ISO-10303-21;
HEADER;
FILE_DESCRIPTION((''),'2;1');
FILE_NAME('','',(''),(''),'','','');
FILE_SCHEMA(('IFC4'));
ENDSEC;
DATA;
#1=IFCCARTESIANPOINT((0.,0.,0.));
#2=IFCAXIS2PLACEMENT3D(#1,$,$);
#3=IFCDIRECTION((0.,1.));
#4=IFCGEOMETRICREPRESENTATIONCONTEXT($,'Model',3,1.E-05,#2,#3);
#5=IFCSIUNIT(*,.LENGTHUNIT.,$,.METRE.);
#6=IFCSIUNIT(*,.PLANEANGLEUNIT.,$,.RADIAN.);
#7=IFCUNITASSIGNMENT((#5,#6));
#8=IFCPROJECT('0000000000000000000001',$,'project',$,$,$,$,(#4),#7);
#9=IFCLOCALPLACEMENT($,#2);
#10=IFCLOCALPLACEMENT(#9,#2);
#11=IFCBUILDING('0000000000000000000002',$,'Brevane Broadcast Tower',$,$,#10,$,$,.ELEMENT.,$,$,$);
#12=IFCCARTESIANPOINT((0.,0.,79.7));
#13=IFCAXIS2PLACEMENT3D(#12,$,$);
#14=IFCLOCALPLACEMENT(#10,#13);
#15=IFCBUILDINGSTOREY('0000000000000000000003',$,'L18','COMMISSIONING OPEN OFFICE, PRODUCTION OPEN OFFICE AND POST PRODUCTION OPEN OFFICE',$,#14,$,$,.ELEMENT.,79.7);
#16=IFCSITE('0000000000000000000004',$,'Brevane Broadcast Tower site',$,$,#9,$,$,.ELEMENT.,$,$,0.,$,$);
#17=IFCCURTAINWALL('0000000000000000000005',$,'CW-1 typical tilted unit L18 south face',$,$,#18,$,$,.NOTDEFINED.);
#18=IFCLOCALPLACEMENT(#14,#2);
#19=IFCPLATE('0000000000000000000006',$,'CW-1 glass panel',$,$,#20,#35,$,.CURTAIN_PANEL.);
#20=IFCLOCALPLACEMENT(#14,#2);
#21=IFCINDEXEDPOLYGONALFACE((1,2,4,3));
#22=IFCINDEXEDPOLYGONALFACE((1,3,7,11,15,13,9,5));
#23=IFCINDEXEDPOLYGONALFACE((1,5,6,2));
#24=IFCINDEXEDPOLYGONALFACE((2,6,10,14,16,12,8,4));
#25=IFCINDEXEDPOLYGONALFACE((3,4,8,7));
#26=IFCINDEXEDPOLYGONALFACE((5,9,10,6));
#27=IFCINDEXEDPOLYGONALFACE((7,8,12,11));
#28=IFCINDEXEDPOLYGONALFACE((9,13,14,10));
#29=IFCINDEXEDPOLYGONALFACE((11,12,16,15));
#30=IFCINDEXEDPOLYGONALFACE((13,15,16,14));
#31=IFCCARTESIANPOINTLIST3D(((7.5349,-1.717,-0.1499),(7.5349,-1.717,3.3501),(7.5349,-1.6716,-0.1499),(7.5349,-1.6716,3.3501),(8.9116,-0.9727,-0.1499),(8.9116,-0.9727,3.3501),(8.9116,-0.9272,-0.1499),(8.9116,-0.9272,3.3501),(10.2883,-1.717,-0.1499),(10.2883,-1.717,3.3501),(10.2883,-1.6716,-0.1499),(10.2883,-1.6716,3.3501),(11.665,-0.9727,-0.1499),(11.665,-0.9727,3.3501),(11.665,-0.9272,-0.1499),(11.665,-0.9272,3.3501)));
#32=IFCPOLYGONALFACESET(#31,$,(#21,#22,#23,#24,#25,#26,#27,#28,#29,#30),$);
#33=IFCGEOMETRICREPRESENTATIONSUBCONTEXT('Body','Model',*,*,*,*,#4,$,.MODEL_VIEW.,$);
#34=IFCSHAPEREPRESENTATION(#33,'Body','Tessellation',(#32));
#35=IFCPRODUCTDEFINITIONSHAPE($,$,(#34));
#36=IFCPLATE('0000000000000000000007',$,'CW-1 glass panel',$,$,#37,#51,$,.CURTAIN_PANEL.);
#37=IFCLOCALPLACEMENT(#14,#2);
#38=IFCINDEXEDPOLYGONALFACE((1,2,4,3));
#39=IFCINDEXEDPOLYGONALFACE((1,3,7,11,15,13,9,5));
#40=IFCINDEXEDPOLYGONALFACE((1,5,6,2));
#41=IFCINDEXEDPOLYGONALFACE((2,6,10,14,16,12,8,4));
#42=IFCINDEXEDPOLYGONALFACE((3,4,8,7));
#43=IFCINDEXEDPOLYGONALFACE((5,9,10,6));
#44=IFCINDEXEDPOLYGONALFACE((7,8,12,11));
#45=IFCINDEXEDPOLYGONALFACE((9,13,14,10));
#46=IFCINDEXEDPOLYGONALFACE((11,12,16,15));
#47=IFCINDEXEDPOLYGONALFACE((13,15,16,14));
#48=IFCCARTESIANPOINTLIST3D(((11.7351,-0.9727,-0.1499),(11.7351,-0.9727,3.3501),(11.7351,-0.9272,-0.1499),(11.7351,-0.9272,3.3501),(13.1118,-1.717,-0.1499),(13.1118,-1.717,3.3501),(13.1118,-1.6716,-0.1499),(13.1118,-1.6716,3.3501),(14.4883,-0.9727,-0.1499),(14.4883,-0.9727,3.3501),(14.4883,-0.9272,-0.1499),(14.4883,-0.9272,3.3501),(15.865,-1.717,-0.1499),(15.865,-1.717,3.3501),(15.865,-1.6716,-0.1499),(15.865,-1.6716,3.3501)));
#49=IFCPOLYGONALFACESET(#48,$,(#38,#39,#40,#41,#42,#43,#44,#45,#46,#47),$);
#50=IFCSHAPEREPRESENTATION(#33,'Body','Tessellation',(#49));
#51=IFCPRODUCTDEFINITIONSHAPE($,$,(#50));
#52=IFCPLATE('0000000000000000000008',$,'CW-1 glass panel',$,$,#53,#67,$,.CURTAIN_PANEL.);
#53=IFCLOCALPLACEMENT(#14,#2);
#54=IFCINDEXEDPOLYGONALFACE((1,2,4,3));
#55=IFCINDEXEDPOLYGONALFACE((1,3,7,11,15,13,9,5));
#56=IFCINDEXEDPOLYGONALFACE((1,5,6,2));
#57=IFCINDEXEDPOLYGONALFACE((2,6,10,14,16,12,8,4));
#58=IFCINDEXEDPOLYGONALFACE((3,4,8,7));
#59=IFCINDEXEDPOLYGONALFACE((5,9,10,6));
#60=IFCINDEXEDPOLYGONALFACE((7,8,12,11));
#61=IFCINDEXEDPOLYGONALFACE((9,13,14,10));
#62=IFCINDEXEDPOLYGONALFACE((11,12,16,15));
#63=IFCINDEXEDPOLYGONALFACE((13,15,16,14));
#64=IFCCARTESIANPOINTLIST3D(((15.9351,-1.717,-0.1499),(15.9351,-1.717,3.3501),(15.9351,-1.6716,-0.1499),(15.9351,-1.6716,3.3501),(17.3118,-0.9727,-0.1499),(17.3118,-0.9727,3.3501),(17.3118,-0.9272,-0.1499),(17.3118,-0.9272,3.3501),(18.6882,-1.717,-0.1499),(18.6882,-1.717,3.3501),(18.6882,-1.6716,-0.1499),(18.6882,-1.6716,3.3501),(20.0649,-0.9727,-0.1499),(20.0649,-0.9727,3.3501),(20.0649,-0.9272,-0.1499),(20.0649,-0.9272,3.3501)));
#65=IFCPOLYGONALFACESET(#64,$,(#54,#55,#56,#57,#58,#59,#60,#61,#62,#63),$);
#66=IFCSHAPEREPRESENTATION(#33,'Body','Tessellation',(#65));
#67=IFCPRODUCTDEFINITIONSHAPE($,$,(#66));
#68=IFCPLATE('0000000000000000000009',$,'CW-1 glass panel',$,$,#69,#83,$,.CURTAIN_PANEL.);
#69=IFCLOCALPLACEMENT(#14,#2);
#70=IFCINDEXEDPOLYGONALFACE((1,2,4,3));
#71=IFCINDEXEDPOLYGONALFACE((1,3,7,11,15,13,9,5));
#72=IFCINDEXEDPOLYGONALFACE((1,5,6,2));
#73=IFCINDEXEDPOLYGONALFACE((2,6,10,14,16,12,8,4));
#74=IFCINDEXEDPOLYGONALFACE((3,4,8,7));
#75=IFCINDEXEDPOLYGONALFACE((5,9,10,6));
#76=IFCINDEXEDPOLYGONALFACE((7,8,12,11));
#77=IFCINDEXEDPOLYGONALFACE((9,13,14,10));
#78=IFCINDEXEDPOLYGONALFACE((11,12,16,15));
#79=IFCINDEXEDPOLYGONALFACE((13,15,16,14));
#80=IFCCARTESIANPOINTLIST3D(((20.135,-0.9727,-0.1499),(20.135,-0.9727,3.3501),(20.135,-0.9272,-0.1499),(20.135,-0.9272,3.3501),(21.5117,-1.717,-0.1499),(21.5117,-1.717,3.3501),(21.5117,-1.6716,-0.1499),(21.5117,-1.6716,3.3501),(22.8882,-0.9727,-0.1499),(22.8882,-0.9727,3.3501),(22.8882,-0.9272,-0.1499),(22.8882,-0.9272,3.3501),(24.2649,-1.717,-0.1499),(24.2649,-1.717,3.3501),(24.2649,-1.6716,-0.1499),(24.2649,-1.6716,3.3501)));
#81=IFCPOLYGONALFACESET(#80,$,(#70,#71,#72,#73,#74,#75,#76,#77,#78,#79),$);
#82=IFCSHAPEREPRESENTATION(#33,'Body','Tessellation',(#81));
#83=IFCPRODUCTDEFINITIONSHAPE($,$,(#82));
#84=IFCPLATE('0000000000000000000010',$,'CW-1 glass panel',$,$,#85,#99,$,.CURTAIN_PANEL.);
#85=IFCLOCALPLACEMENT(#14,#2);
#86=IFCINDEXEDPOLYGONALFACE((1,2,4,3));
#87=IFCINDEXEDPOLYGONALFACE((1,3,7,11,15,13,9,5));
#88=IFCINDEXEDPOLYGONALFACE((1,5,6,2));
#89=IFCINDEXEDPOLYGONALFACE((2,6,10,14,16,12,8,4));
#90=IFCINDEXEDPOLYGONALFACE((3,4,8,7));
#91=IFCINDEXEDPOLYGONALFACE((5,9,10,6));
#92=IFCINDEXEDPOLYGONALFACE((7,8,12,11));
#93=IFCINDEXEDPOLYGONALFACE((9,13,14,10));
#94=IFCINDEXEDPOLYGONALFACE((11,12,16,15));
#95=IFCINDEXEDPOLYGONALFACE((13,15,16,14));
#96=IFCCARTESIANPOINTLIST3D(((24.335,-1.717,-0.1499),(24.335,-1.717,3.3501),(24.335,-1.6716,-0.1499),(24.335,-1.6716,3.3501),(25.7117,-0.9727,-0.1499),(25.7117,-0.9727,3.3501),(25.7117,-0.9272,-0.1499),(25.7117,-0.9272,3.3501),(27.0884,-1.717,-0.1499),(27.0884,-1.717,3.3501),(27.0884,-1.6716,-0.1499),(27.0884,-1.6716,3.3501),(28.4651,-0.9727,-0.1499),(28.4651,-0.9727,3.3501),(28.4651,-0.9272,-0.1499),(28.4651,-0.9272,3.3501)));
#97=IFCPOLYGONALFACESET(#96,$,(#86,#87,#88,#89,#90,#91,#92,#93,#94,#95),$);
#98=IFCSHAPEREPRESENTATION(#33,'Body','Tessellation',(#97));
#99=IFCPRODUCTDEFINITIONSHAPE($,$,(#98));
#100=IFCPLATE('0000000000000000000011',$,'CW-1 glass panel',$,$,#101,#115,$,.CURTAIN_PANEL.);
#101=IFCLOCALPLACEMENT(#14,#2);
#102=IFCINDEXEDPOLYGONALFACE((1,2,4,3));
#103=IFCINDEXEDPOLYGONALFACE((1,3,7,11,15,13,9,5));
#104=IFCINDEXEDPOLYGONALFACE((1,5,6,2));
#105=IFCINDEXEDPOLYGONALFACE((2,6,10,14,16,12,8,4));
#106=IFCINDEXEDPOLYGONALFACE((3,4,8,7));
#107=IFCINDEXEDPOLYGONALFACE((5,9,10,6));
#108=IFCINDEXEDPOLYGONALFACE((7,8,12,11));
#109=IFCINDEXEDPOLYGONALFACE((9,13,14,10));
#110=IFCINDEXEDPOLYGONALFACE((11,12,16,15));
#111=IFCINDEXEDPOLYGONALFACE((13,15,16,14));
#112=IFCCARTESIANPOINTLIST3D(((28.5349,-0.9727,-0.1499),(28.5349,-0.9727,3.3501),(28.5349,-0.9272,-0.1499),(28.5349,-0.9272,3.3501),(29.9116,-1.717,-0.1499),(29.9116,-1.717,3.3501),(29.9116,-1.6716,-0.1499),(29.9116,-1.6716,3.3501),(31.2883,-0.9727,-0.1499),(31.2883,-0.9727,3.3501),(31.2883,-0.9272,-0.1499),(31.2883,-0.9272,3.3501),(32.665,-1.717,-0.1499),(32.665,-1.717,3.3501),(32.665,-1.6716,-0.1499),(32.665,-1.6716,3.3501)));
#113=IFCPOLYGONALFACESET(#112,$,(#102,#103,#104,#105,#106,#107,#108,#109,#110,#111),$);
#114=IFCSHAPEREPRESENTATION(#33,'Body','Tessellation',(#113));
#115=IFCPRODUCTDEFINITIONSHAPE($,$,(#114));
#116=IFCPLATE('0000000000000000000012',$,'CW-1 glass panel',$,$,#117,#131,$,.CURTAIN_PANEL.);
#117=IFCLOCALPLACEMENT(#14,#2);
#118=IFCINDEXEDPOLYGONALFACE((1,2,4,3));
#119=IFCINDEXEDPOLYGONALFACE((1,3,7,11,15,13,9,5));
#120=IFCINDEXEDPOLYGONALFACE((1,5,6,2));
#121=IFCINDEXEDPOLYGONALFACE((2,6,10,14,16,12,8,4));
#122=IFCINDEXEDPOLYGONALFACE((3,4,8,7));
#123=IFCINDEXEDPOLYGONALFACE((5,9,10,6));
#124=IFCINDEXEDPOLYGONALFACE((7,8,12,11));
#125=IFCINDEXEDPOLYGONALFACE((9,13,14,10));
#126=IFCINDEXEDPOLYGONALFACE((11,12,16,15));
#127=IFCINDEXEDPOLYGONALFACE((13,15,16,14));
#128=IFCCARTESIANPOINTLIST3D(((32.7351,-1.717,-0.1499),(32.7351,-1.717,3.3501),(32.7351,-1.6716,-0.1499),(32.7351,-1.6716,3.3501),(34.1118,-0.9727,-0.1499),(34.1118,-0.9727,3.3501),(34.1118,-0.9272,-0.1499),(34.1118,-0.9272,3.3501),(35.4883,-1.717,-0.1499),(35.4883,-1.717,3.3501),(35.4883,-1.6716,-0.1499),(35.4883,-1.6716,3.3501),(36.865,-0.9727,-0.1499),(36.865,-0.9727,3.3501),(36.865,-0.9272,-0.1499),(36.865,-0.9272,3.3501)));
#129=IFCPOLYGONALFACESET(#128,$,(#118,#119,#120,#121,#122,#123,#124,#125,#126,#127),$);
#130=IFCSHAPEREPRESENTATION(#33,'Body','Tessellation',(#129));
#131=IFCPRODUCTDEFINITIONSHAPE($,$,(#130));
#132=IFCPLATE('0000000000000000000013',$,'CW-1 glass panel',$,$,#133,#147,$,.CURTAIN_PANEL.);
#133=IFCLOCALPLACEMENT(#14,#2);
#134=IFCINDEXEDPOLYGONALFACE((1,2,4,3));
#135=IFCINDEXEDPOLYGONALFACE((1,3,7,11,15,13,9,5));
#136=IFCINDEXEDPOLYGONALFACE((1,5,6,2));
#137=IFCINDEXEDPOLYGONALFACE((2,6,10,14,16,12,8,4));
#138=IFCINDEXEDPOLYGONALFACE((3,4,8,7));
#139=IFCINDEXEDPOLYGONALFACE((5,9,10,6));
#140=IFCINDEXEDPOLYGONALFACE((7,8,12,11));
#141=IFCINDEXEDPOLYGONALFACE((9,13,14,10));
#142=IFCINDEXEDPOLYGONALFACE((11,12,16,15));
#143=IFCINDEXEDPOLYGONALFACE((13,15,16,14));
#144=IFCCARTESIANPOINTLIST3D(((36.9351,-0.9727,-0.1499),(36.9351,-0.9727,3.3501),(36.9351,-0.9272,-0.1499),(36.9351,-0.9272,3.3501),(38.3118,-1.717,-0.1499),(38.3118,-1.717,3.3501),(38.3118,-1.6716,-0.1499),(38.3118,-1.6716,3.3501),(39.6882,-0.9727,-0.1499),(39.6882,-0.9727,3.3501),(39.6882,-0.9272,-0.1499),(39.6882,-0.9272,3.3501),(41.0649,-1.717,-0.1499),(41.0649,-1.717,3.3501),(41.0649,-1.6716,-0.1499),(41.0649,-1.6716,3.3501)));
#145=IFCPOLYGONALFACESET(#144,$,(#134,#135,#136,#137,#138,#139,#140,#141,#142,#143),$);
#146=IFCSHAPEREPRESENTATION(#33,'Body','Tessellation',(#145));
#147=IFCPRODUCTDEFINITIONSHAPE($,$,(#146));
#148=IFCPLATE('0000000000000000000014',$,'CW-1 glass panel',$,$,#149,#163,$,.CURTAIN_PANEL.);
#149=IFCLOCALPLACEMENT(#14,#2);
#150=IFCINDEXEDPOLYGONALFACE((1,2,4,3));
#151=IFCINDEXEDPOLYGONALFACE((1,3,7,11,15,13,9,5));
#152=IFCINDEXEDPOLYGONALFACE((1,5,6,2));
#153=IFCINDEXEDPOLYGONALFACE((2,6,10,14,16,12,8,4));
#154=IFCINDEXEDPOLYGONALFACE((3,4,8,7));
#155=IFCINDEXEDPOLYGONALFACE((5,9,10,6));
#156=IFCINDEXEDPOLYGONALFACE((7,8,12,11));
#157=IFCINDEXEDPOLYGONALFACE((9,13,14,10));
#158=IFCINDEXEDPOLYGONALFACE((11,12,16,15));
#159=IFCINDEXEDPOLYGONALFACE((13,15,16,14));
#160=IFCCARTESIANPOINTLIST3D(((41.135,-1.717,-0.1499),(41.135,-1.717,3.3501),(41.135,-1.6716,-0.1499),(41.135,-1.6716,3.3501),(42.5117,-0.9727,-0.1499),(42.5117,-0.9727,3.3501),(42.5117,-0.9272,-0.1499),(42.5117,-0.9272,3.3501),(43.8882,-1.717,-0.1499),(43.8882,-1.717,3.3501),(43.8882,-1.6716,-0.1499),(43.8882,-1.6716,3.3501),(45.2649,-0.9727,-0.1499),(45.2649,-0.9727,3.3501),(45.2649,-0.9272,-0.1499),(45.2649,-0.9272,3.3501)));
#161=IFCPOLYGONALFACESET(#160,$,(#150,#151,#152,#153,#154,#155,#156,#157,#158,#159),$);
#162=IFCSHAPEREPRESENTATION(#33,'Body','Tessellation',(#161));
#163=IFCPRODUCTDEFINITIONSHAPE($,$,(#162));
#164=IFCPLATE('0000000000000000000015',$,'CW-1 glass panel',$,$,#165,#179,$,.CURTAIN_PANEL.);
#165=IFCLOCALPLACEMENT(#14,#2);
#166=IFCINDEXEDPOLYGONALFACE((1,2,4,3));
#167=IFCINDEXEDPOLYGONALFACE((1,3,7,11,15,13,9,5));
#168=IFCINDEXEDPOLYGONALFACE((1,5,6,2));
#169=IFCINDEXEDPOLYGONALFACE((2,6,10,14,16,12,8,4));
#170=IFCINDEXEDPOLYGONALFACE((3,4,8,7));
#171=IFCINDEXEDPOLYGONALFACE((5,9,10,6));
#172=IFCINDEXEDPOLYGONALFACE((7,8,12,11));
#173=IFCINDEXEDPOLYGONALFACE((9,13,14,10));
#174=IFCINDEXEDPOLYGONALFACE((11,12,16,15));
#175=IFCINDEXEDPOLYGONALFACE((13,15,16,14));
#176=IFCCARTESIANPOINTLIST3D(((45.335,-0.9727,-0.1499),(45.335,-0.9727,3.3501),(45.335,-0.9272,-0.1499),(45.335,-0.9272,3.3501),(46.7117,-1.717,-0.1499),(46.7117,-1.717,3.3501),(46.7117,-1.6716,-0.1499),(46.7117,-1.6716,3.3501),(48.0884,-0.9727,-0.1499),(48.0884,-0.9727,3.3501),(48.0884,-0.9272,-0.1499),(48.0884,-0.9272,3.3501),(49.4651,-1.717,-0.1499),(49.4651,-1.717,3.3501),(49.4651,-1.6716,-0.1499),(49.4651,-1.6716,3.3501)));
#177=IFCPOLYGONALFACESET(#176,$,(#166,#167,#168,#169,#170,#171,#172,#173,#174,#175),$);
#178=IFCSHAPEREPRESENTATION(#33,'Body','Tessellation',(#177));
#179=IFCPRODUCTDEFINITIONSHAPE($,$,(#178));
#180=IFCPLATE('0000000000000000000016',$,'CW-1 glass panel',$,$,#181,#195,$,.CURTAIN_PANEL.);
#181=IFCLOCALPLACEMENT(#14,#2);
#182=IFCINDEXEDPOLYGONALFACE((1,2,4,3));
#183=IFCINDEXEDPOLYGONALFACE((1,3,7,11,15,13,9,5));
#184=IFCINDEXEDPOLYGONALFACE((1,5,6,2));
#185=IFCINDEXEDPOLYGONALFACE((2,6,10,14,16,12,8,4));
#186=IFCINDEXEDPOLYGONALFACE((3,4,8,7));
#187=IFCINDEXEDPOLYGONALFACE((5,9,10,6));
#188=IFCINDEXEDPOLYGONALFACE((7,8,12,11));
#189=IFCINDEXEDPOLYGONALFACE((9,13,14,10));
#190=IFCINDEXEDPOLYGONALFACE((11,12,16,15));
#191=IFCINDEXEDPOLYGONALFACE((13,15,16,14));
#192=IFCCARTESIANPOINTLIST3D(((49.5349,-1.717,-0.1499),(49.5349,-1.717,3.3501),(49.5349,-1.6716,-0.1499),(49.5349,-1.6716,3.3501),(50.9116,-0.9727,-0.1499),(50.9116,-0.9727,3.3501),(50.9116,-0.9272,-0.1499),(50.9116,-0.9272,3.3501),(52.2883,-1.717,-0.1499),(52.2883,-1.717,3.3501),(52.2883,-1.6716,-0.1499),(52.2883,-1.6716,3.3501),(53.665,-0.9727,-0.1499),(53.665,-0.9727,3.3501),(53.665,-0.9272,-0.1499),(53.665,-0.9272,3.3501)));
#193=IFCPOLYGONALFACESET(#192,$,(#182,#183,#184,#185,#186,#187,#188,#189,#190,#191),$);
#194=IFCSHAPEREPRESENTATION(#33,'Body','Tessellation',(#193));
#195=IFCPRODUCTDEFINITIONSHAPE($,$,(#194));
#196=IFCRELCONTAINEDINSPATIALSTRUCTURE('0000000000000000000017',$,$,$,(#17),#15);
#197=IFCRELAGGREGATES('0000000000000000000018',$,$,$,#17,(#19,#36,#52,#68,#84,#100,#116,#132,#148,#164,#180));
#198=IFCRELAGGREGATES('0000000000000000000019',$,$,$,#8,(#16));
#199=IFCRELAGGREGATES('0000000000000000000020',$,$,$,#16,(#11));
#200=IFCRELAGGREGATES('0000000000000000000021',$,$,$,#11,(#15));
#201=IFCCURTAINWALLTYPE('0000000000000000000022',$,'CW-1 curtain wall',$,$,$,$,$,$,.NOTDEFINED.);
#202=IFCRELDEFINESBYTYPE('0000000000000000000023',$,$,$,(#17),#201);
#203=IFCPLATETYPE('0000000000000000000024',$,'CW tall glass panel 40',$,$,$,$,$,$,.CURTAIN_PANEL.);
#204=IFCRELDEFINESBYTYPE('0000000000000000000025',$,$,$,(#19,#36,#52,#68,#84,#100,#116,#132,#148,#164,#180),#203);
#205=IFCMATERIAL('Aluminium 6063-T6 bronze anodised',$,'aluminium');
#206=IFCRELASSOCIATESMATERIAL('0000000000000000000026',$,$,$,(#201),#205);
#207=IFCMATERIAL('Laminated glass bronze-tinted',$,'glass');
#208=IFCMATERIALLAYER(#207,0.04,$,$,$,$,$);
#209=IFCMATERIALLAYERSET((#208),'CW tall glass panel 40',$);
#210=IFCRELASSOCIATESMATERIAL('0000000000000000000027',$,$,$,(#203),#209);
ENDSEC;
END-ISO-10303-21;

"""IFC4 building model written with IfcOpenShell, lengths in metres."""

from ifc_helpers import new_model, si_unit, direction, frame, origin, place, context, subcontext, project, spatial, polyline, outline, extrude, material, layer, layer_set, type_object, element, aggregate, save


model = new_model("IFC4")

# Units and contexts
model_context = context("Model", 3, precision=1e-05, world=origin(), true_north=direction((0.0, 1.0)))
body_context = subcontext(model_context, "Body", "Model", "MODEL_VIEW")
ifc_project = project(units=[si_unit("LENGTHUNIT", "METRE"), si_unit("PLANEANGLEUNIT", "RADIAN")], contexts=[model_context])

# Site, building, storey
site_placement = place(None, origin())
site = spatial("IfcSite", under=ifc_project, at=site_placement, Name="Brevane Broadcast Tower site", CompositionType="ELEMENT", RefElevation=0.0)
building_placement = place(site_placement, origin())
building = spatial("IfcBuilding", under=site, at=building_placement, Name="Brevane Broadcast Tower", CompositionType="ELEMENT")
storey_placement = place(building_placement, frame((0.0, 0.0, 79.7)))
storey = spatial("IfcBuildingStorey", under=building, at=storey_placement, Name="L18", Description="COMMISSIONING OPEN OFFICE, PRODUCTION OPEN OFFICE AND POST PRODUCTION OPEN OFFICE", CompositionType="ELEMENT", Elevation=79.7)

# Curtain wall, plates
ifc_material_1 = material(Name="Aluminium 6063-T6 bronze anodised", Category="aluminium")
curtain_wall_type = type_object("IfcCurtainWallType", Name="CW-1 curtain wall", PredefinedType="NOTDEFINED", material=ifc_material_1)
curtain_wall_1_placement = place(storey_placement, origin())
curtain_wall_1 = element("IfcCurtainWall", 1, at=curtain_wall_1_placement, inside=storey, type_object=curtain_wall_type, Name="CW-1 typical tilted unit L18 south face", PredefinedType="NOTDEFINED")
ifc_material_2 = material(Name="Laminated glass bronze-tinted", Category="glass")
ifc_layer = layer(ifc_material_2, 0.04)
ifc_layer_set = layer_set([ifc_layer], Name="CW tall glass panel 40")
plate_type = type_object("IfcPlateType", Name="CW tall glass panel 40", PredefinedType="CURTAIN_PANEL", material=ifc_layer_set)
plate_1_placement = place(storey_placement, frame((0.0, 0.0, -0.1499)))
plate_1 = element("IfcPlate", 2, at=plate_1_placement, type_object=plate_type, Name="CW-1 glass panel", PredefinedType="CURTAIN_PANEL", context=body_context, shape_type="SweptSolid", body=[
    extrude(outline(polyline([(7.5349, -1.6716), (7.5349, -1.717), (8.9116, -0.9727), (10.2883, -1.717), (11.665, -0.9727), (11.665, -0.9272), (10.2883, -1.6716), (8.9116, -0.9272), (7.5349, -1.6716)])), origin(), (0.0, 0.0, 1.0), 3.5),
])
plate_2_placement = place(storey_placement, frame((0.0, 0.0, -0.1499)))
plate_2 = element("IfcPlate", 3, at=plate_2_placement, type_object=plate_type, Name="CW-1 glass panel", PredefinedType="CURTAIN_PANEL", context=body_context, shape_type="SweptSolid", body=[
    extrude(outline(polyline([(11.7351, -0.9272), (11.7351, -0.9727), (13.1118, -1.717), (14.4883, -0.9727), (15.865, -1.717), (15.865, -1.6716), (14.4883, -0.9272), (13.1118, -1.6716), (11.7351, -0.9272)])), origin(), (0.0, 0.0, 1.0), 3.5),
])
plate_3_placement = place(storey_placement, frame((0.0, 0.0, -0.1499)))
plate_3 = element("IfcPlate", 4, at=plate_3_placement, type_object=plate_type, Name="CW-1 glass panel", PredefinedType="CURTAIN_PANEL", context=body_context, shape_type="SweptSolid", body=[
    extrude(outline(polyline([(15.9351, -1.6716), (15.9351, -1.717), (17.3118, -0.9727), (18.6882, -1.717), (20.0649, -0.9727), (20.0649, -0.9272), (18.6882, -1.6716), (17.3118, -0.9272), (15.9351, -1.6716)])), origin(), (0.0, 0.0, 1.0), 3.5),
])
plate_4_placement = place(storey_placement, frame((0.0, 0.0, -0.1499)))
plate_4 = element("IfcPlate", 5, at=plate_4_placement, type_object=plate_type, Name="CW-1 glass panel", PredefinedType="CURTAIN_PANEL", context=body_context, shape_type="SweptSolid", body=[
    extrude(outline(polyline([(20.135, -0.9272), (20.135, -0.9727), (21.5117, -1.717), (22.8882, -0.9727), (24.2649, -1.717), (24.2649, -1.6716), (22.8882, -0.9272), (21.5117, -1.6716), (20.135, -0.9272)])), origin(), (0.0, 0.0, 1.0), 3.5),
])
plate_5_placement = place(storey_placement, frame((0.0, 0.0, -0.1499)))
plate_5 = element("IfcPlate", 6, at=plate_5_placement, type_object=plate_type, Name="CW-1 glass panel", PredefinedType="CURTAIN_PANEL", context=body_context, shape_type="SweptSolid", body=[
    extrude(outline(polyline([(24.335, -1.6716), (24.335, -1.717), (25.7117, -0.9727), (27.0884, -1.717), (28.4651, -0.9727), (28.4651, -0.9272), (27.0884, -1.6716), (25.7117, -0.9272), (24.335, -1.6716)])), origin(), (0.0, 0.0, 1.0), 3.5),
])
plate_6_placement = place(storey_placement, frame((0.0, 0.0, -0.1499)))
plate_6 = element("IfcPlate", 7, at=plate_6_placement, type_object=plate_type, Name="CW-1 glass panel", PredefinedType="CURTAIN_PANEL", context=body_context, shape_type="SweptSolid", body=[
    extrude(outline(polyline([(28.5349, -0.9272), (28.5349, -0.9727), (29.9116, -1.717), (31.2883, -0.9727), (32.665, -1.717), (32.665, -1.6716), (31.2883, -0.9272), (29.9116, -1.6716), (28.5349, -0.9272)])), origin(), (0.0, 0.0, 1.0), 3.5),
])
plate_7_placement = place(storey_placement, frame((0.0, 0.0, -0.1499)))
plate_7 = element("IfcPlate", 8, at=plate_7_placement, type_object=plate_type, Name="CW-1 glass panel", PredefinedType="CURTAIN_PANEL", context=body_context, shape_type="SweptSolid", body=[
    extrude(outline(polyline([(32.7351, -1.6716), (32.7351, -1.717), (34.1118, -0.9727), (35.4883, -1.717), (36.865, -0.9727), (36.865, -0.9272), (35.4883, -1.6716), (34.1118, -0.9272), (32.7351, -1.6716)])), origin(), (0.0, 0.0, 1.0), 3.5),
])
plate_8_placement = place(storey_placement, frame((0.0, 0.0, -0.1499)))
plate_8 = element("IfcPlate", 9, at=plate_8_placement, type_object=plate_type, Name="CW-1 glass panel", PredefinedType="CURTAIN_PANEL", context=body_context, shape_type="SweptSolid", body=[
    extrude(outline(polyline([(36.9351, -0.9272), (36.9351, -0.9727), (38.3118, -1.717), (39.6882, -0.9727), (41.0649, -1.717), (41.0649, -1.6716), (39.6882, -0.9272), (38.3118, -1.6716), (36.9351, -0.9272)])), origin(), (0.0, 0.0, 1.0), 3.5),
])
plate_9_placement = place(storey_placement, frame((0.0, 0.0, -0.1499)))
plate_9 = element("IfcPlate", 10, at=plate_9_placement, type_object=plate_type, Name="CW-1 glass panel", PredefinedType="CURTAIN_PANEL", context=body_context, shape_type="SweptSolid", body=[
    extrude(outline(polyline([(41.135, -1.6716), (41.135, -1.717), (42.5117, -0.9727), (43.8882, -1.717), (45.2649, -0.9727), (45.2649, -0.9272), (43.8882, -1.6716), (42.5117, -0.9272), (41.135, -1.6716)])), origin(), (0.0, 0.0, 1.0), 3.5),
])
plate_10_placement = place(storey_placement, frame((0.0, 0.0, -0.1499)))
plate_10 = element("IfcPlate", 11, at=plate_10_placement, type_object=plate_type, Name="CW-1 glass panel", PredefinedType="CURTAIN_PANEL", context=body_context, shape_type="SweptSolid", body=[
    extrude(outline(polyline([(45.335, -0.9272), (45.335, -0.9727), (46.7117, -1.717), (48.0884, -0.9727), (49.4651, -1.717), (49.4651, -1.6716), (48.0884, -0.9272), (46.7117, -1.6716), (45.335, -0.9272)])), origin(), (0.0, 0.0, 1.0), 3.5),
])
plate_11_placement = place(storey_placement, frame((0.0, 0.0, -0.1499)))
plate_11 = element("IfcPlate", 12, at=plate_11_placement, type_object=plate_type, Name="CW-1 glass panel", PredefinedType="CURTAIN_PANEL", context=body_context, shape_type="SweptSolid", body=[
    extrude(outline(polyline([(49.5349, -1.6716), (49.5349, -1.717), (50.9116, -0.9727), (52.2883, -1.717), (53.665, -0.9727), (53.665, -0.9272), (52.2883, -1.6716), (50.9116, -0.9272), (49.5349, -1.6716)])), origin(), (0.0, 0.0, 1.0), 3.5),
])
aggregate(curtain_wall_1, [plate_1, plate_2, plate_3, plate_4, plate_5, plate_6, plate_7, plate_8, plate_9, plate_10, plate_11])

save(model, "model.ifc")
